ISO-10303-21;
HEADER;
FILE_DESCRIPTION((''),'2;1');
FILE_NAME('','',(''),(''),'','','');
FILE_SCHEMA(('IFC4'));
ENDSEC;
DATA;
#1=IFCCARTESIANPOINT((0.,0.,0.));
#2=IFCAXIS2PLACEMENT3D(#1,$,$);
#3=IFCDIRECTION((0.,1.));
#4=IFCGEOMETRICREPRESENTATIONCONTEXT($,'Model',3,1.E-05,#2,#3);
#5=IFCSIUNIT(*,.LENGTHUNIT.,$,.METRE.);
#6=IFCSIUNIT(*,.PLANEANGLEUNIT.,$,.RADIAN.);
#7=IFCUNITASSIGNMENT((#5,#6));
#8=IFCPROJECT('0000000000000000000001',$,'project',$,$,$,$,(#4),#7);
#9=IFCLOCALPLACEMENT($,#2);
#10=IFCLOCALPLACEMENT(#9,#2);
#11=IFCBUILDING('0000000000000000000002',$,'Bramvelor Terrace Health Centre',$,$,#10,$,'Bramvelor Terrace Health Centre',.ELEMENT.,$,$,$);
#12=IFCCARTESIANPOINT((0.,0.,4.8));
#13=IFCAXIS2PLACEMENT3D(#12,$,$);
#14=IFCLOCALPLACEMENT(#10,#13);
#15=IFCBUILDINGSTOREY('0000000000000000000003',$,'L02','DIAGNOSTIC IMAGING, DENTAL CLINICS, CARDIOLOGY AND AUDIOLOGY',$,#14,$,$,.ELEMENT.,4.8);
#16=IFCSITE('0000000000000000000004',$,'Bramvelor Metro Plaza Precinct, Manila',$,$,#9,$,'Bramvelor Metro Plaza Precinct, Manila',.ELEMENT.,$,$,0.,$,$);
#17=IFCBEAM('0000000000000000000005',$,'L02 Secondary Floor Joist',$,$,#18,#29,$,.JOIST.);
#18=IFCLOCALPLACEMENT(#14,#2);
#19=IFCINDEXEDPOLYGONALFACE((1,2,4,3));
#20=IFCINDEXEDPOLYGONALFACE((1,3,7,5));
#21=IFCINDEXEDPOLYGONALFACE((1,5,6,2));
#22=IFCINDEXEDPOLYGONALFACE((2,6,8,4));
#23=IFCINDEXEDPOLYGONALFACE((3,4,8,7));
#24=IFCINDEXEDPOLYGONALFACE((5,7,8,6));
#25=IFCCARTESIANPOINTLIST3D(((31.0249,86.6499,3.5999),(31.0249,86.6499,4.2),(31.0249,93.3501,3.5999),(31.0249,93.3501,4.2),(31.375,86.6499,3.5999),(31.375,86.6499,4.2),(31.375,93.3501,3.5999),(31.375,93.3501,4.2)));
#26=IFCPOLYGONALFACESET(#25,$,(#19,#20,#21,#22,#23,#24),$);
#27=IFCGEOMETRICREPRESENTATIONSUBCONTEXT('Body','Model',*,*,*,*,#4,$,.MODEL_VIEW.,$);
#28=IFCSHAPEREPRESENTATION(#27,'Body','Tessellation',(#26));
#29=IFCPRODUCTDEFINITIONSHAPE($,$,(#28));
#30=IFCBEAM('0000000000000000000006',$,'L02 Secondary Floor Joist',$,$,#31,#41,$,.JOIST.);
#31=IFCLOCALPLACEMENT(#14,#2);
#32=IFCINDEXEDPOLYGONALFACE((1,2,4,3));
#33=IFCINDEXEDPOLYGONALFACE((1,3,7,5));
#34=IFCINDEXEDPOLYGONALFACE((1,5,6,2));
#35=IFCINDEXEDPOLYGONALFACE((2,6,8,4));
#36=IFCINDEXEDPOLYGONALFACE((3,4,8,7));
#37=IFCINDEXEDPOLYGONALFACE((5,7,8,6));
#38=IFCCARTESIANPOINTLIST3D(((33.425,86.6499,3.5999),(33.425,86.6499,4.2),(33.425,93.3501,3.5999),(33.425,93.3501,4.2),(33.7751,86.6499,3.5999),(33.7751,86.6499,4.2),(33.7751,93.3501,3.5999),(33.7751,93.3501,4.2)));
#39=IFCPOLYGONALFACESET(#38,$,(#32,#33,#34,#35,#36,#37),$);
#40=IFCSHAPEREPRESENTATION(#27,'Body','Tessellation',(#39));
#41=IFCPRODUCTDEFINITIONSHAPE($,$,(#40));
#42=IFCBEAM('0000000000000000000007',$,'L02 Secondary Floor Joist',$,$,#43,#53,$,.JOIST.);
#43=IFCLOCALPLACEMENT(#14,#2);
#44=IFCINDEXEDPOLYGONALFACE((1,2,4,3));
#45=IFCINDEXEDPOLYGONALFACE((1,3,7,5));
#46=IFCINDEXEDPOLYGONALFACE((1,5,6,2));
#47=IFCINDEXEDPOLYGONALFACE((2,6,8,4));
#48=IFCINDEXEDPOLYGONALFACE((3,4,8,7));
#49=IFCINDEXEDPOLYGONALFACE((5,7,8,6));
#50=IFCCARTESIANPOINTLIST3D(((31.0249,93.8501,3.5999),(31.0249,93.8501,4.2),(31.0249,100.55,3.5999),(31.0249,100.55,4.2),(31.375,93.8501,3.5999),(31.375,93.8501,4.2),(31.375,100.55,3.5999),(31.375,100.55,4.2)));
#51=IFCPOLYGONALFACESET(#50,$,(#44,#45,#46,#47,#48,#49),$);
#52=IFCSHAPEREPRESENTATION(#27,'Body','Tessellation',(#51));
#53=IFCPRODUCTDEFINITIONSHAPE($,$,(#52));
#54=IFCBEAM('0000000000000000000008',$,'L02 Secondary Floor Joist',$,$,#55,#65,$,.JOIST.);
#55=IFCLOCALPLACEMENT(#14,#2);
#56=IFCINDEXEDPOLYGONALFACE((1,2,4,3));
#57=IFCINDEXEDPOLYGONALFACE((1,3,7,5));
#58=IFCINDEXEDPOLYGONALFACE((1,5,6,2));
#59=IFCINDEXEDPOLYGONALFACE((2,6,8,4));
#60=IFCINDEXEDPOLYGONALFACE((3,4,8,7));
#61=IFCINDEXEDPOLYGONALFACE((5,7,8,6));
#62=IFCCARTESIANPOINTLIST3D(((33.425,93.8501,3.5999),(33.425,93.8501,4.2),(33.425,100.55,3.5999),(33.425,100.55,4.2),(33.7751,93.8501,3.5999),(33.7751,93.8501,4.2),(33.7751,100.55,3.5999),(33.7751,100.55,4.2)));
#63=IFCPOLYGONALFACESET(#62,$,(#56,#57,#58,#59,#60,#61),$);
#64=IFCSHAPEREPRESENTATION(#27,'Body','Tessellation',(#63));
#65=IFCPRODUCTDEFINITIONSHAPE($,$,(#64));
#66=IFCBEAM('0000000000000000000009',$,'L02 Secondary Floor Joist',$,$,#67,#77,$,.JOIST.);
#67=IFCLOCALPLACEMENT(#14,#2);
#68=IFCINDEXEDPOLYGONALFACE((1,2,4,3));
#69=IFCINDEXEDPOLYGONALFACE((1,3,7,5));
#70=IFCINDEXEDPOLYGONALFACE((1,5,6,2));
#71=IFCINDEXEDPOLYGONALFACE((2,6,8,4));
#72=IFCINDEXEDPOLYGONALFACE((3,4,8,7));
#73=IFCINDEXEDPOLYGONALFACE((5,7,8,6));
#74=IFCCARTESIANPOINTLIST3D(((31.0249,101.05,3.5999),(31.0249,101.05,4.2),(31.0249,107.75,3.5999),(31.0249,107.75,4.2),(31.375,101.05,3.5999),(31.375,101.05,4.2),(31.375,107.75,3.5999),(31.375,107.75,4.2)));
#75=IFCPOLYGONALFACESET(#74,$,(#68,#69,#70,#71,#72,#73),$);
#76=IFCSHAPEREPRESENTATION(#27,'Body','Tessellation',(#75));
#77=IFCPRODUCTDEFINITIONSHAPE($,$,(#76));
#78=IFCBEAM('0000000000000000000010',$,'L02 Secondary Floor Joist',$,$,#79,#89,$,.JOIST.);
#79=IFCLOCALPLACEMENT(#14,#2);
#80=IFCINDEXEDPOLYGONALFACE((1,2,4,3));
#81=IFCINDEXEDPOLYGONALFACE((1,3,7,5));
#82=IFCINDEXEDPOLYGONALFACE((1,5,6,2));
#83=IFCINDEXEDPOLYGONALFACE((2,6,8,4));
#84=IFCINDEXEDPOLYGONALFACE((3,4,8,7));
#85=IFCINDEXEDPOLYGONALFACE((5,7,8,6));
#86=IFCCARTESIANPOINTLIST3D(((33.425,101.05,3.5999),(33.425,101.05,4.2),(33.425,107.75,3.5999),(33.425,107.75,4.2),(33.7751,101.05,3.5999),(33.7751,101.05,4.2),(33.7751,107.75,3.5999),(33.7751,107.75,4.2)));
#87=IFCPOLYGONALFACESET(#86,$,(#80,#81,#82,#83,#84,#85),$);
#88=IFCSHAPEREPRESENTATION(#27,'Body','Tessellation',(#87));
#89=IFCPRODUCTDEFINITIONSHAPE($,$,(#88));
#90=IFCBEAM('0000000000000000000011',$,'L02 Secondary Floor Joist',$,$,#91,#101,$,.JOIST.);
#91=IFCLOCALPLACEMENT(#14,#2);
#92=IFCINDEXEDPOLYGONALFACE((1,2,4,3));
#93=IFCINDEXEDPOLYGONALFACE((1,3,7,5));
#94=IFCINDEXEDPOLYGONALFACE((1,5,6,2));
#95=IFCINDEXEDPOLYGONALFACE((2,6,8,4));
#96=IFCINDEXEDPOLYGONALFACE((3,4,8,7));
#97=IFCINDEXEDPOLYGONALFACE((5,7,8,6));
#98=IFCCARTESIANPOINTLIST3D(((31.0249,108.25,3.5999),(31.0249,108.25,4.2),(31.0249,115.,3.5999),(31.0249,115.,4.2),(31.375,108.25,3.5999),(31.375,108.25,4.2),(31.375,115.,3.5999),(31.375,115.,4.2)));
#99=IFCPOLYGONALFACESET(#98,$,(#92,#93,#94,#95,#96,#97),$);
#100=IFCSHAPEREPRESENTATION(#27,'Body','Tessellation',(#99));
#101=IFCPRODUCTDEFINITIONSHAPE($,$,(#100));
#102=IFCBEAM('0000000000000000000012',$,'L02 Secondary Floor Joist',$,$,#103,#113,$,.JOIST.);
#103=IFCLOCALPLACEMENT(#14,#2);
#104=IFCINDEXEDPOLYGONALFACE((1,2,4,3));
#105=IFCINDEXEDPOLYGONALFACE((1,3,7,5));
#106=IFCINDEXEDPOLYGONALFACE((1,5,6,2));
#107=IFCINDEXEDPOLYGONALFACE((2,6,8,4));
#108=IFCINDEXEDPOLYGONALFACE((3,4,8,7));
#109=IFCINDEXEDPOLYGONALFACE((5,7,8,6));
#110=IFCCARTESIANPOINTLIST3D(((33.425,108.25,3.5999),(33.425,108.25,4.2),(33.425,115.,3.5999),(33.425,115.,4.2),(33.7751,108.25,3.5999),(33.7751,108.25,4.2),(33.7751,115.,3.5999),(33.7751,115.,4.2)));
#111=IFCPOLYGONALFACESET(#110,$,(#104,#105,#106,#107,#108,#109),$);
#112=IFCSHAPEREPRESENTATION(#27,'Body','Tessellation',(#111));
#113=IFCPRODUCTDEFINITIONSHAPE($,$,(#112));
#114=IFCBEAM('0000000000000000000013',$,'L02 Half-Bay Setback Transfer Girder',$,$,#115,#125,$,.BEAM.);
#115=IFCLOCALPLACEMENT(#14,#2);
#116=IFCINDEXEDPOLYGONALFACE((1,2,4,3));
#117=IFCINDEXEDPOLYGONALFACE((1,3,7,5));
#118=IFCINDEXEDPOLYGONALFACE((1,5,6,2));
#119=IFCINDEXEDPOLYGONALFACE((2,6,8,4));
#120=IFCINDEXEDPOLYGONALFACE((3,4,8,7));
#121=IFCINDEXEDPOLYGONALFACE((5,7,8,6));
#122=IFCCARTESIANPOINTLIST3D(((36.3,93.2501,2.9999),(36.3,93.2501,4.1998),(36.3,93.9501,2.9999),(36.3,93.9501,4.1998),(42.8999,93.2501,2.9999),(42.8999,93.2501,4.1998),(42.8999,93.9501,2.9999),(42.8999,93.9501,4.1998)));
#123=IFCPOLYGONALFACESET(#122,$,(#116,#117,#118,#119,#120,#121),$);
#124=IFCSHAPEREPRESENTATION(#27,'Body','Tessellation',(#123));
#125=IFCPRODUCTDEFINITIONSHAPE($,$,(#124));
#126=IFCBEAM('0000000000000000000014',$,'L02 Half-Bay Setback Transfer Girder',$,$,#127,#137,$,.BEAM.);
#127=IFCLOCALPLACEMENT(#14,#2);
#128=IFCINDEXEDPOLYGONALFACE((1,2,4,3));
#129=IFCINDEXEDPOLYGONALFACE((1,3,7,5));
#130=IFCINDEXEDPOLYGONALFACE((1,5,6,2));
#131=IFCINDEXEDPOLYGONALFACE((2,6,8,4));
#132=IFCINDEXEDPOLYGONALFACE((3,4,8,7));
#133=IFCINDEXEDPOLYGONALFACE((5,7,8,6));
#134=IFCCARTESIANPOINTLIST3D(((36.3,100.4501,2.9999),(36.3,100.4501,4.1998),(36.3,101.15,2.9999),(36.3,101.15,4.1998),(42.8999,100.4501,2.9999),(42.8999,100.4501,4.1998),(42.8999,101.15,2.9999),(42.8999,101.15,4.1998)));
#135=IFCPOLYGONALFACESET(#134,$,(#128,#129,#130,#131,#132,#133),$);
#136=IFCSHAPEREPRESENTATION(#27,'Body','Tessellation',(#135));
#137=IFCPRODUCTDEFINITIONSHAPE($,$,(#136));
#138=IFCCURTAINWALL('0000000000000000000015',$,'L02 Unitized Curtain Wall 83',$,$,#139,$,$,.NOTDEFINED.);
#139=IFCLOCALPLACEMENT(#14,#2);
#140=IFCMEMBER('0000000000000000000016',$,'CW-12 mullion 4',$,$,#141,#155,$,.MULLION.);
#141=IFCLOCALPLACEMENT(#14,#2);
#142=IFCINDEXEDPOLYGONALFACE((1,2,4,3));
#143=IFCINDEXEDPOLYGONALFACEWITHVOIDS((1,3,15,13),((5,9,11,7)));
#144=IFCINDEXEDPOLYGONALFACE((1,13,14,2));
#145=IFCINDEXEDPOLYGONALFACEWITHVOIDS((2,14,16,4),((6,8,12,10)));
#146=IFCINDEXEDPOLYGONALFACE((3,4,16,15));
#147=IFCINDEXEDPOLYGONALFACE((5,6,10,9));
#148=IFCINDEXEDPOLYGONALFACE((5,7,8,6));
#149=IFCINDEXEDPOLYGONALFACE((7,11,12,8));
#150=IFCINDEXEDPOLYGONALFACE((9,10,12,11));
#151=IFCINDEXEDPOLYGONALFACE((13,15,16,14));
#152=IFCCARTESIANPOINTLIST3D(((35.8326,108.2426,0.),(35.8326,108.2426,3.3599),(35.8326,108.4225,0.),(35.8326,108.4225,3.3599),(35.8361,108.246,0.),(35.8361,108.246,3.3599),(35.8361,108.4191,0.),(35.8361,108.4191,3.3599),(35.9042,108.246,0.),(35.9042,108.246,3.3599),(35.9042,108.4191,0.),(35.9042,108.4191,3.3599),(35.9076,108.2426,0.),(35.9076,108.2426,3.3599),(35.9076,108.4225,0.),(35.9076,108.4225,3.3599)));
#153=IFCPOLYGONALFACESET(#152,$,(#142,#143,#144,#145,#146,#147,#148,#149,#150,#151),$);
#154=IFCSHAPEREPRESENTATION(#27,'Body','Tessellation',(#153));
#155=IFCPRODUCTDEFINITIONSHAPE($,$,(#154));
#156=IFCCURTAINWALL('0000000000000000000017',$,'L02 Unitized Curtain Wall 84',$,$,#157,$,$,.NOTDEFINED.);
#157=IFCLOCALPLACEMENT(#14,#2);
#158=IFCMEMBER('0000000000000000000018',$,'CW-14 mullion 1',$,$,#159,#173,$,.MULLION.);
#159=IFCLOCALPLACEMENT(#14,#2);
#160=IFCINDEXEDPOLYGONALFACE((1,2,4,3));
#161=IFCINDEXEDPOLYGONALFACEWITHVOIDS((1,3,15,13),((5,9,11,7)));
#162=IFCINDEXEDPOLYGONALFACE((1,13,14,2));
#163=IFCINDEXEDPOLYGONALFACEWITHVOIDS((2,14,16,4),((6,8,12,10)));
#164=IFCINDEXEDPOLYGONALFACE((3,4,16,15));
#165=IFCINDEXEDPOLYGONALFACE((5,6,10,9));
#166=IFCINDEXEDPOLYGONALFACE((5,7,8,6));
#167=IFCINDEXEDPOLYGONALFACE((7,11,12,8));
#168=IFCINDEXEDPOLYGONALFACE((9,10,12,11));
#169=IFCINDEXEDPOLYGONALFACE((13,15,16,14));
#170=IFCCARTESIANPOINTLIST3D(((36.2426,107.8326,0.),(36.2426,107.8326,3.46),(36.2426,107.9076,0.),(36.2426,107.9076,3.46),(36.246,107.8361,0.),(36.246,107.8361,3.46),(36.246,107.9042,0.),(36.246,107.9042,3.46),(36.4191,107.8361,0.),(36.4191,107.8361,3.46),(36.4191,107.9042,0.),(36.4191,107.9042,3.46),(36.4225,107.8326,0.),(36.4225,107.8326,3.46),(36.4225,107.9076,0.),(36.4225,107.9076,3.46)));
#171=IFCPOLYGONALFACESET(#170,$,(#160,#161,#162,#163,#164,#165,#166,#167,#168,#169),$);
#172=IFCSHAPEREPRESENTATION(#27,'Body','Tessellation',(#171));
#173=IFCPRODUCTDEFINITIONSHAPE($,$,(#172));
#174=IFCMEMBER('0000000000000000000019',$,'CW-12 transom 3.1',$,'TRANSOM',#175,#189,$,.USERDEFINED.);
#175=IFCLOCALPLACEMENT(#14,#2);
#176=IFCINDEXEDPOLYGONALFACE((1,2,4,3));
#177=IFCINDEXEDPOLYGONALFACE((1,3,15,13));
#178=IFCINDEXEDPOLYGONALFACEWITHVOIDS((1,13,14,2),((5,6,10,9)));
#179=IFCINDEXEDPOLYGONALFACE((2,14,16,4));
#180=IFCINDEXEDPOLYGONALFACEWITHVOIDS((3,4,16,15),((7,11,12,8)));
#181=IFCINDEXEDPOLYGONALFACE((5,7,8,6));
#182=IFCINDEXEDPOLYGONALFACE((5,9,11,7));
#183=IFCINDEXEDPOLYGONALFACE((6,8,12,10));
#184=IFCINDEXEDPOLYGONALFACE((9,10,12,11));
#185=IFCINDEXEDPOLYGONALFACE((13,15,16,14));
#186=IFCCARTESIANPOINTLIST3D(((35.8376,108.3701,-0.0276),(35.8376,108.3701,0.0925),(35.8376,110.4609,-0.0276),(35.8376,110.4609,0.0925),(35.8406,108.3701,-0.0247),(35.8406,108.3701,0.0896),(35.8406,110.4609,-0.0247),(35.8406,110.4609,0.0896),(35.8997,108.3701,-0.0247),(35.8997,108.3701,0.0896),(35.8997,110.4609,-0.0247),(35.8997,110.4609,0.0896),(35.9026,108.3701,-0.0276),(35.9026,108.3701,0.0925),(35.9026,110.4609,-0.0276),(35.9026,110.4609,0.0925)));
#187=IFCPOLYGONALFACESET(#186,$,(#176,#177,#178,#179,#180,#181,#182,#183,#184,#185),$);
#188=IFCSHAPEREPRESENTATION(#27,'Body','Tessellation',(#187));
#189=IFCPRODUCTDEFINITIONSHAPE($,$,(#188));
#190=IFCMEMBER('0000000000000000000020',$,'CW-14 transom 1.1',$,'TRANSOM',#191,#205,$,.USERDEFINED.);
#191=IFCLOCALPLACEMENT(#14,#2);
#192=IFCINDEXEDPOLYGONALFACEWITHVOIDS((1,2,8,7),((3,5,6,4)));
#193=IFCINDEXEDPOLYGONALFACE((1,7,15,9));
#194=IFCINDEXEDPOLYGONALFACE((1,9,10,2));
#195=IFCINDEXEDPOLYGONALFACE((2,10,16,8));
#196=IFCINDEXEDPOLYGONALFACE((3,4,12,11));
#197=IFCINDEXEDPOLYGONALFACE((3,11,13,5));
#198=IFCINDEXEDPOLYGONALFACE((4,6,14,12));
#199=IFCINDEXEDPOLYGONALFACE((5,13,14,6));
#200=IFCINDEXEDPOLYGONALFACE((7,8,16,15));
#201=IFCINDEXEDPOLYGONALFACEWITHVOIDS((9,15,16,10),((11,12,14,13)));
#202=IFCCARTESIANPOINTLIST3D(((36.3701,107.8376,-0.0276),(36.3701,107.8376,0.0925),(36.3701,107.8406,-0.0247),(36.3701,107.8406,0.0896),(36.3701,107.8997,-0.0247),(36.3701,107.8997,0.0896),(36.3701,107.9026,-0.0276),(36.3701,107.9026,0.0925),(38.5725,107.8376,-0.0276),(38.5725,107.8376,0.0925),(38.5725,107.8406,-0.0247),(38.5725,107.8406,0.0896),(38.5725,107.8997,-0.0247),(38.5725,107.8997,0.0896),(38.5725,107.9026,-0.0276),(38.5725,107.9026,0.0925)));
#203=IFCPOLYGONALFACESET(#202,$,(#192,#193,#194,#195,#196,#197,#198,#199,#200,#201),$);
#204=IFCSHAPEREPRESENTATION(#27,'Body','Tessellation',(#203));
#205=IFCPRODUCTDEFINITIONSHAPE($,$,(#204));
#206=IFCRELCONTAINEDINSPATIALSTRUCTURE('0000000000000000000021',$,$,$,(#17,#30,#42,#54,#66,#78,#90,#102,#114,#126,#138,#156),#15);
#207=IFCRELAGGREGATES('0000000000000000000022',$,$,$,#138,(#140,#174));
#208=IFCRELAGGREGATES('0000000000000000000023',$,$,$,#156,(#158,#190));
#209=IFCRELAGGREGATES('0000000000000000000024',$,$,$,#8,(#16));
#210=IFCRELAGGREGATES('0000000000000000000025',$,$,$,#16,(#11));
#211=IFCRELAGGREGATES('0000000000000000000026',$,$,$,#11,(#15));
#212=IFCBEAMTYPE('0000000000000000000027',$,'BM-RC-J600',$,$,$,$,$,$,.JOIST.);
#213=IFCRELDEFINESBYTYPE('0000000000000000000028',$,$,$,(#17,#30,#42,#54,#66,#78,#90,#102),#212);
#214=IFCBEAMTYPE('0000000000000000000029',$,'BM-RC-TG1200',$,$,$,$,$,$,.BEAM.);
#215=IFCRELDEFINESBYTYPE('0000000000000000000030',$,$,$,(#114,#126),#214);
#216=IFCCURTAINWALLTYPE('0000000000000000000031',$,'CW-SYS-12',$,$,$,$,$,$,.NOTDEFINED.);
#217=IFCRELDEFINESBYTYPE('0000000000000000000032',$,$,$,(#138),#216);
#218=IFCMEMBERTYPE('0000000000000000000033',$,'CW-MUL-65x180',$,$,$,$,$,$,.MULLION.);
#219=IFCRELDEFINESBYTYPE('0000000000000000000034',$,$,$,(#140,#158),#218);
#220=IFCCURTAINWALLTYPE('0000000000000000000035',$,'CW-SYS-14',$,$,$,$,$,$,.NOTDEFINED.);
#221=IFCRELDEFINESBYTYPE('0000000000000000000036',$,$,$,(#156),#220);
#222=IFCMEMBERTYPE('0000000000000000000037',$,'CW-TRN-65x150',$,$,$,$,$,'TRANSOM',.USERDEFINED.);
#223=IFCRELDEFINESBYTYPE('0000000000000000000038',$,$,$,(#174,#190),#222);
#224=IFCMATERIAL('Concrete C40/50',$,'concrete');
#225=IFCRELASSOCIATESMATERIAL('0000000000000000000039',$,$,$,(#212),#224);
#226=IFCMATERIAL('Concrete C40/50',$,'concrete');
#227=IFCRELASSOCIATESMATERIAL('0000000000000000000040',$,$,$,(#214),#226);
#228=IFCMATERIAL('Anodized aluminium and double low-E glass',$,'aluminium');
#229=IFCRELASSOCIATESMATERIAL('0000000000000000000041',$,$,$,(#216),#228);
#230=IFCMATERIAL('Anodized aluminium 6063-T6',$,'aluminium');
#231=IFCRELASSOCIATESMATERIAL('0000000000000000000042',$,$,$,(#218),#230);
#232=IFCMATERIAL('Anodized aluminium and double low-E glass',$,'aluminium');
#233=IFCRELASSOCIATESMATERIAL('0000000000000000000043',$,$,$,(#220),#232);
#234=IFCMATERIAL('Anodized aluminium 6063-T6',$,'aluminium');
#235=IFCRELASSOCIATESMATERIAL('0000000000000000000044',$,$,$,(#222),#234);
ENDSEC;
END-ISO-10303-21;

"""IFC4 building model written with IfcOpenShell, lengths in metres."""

from ifc_helpers import new_model, si_unit, direction, frame, origin, origin_2d, place, context, subcontext, project, spatial, rectangle, hollow_rectangle, extrude, material, material_profile, profile_set, type_object, element, aggregate, save


model = new_model("IFC4")

# Units and contexts
model_context = context("Model", 3, precision=1e-05, world=origin(), true_north=direction((0.0, 1.0)))
body_context = subcontext(model_context, "Body", "Model", "MODEL_VIEW")
ifc_project = project(units=[si_unit("LENGTHUNIT", "METRE"), si_unit("PLANEANGLEUNIT", "RADIAN")], contexts=[model_context])

# Site, building, storey
site_placement = place(None, origin())
site = spatial("IfcSite", under=ifc_project, at=site_placement, Name="Bramvelor Metro Plaza Precinct, Manila", LongName="Bramvelor Metro Plaza Precinct, Manila", CompositionType="ELEMENT", RefElevation=0.0)
building_placement = place(site_placement, origin())
building = spatial("IfcBuilding", under=site, at=building_placement, Name="Bramvelor Terrace Health Centre", LongName="Bramvelor Terrace Health Centre", CompositionType="ELEMENT")
storey_placement = place(building_placement, frame((0.0, 0.0, 4.8)))
storey = spatial("IfcBuildingStorey", under=building, at=storey_placement, Name="L02", Description="DIAGNOSTIC IMAGING, DENTAL CLINICS, CARDIOLOGY AND AUDIOLOGY", CompositionType="ELEMENT", Elevation=4.8)

# Beams
ifc_material_1 = material(Name="Concrete C40/50", Category="concrete")
ifc_material_profile_1 = material_profile(ifc_material_1, rectangle(XDim=0.3501, YDim=0.6001, at=origin_2d()), Name="RC 350x600")
ifc_profile_set_1 = profile_set([ifc_material_profile_1], Name="Concrete C40/50")
beam_type_1 = type_object("IfcBeamType", Name="BM-RC-J600", PredefinedType="JOIST", material=ifc_profile_set_1)
for number, where, z_axis, x_axis, name in (
    (1, (31.2, 86.6499, 3.8999), (0.0, 1.0, 0.0), (-1.0, 0.0, 0.0), "L02 Secondary Floor Joist"),
    (2, (33.6001, 86.6499, 3.8999), (0.0, 1.0, 0.0), (-1.0, 0.0, 0.0), "L02 Secondary Floor Joist"),
):
    element("IfcBeam", number, at=place(storey_placement, frame(where, z_axis=z_axis, x_axis=x_axis)), inside=storey, type_object=beam_type_1, Name=name, PredefinedType="JOIST", context=body_context, shape_type="SweptSolid", body=[
        extrude(rectangle(XDim=0.3501, YDim=0.6001, at=origin_2d()), origin(), (0.0, 0.0, 1.0), 6.7002),
    ])
for number, where, z_axis, x_axis, name in (
    (3, (31.2, 93.8501, 3.8999), (0.0, 1.0, 0.0), (-1.0, 0.0, 0.0), "L02 Secondary Floor Joist"),
    (4, (33.6001, 93.8501, 3.8999), (0.0, 1.0, 0.0), (-1.0, 0.0, 0.0), "L02 Secondary Floor Joist"),
    (5, (31.2, 101.05, 3.8999), (0.0, 1.0, 0.0), (-1.0, 0.0, 0.0), "L02 Secondary Floor Joist"),
    (6, (33.6001, 101.05, 3.8999), (0.0, 1.0, 0.0), (-1.0, 0.0, 0.0), "L02 Secondary Floor Joist"),
):
    element("IfcBeam", number, at=place(storey_placement, frame(where, z_axis=z_axis, x_axis=x_axis)), inside=storey, type_object=beam_type_1, Name=name, PredefinedType="JOIST", context=body_context, shape_type="SweptSolid", body=[
        extrude(rectangle(XDim=0.3501, YDim=0.6001, at=origin_2d()), origin(), (0.0, 0.0, 1.0), 6.7),
    ])
for number, where, z_axis, x_axis, name in (
    (7, (31.2, 108.25, 3.8999), (0.0, 1.0, 0.0), (-1.0, 0.0, 0.0), "L02 Secondary Floor Joist"),
    (8, (33.6001, 108.25, 3.8999), (0.0, 1.0, 0.0), (-1.0, 0.0, 0.0), "L02 Secondary Floor Joist"),
):
    element("IfcBeam", number, at=place(storey_placement, frame(where, z_axis=z_axis, x_axis=x_axis)), inside=storey, type_object=beam_type_1, Name=name, PredefinedType="JOIST", context=body_context, shape_type="SweptSolid", body=[
        extrude(rectangle(XDim=0.3501, YDim=0.6001, at=origin_2d()), origin(), (0.0, 0.0, 1.0), 6.75),
    ])
ifc_material_2 = material(Name="Concrete C40/50", Category="concrete")
ifc_material_profile_2 = material_profile(ifc_material_2, rectangle(XDim=0.7, YDim=1.2, at=origin_2d()), Name="RC 700x1200")
ifc_profile_set_2 = profile_set([ifc_material_profile_2], Name="Concrete C40/50")
beam_type_2 = type_object("IfcBeamType", Name="BM-RC-TG1200", PredefinedType="BEAM", material=ifc_profile_set_2)
for number, where, z_axis, x_axis, name in (
    (9, (36.3, 93.6001, 3.5999), (1.0, 0.0, 0.0), (0.0, 1.0, 0.0), "L02 Half-Bay Setback Transfer Girder"),
    (10, (36.3, 100.8, 3.5999), (1.0, 0.0, 0.0), (0.0, 1.0, 0.0), "L02 Half-Bay Setback Transfer Girder"),
):
    element("IfcBeam", number, at=place(storey_placement, frame(where, z_axis=z_axis, x_axis=x_axis)), inside=storey, type_object=beam_type_2, Name=name, PredefinedType="BEAM", context=body_context, shape_type="SweptSolid", body=[
        extrude(rectangle(XDim=0.7, YDim=1.2, at=origin_2d()), origin(), (0.0, 0.0, 1.0), 6.5999),
    ])

# Curtain walls, members
ifc_material_3 = material(Name="Anodized aluminium and double low-E glass", Category="aluminium")
curtain_wall_type_1 = type_object("IfcCurtainWallType", Name="CW-SYS-12", PredefinedType="NOTDEFINED", material=ifc_material_3)
curtain_wall_1_placement = place(storey_placement, origin())
curtain_wall_1 = element("IfcCurtainWall", 11, at=curtain_wall_1_placement, inside=storey, type_object=curtain_wall_type_1, Name="L02 Unitized Curtain Wall 83", PredefinedType="NOTDEFINED")
ifc_material_4 = material(Name="Anodized aluminium 6063-T6", Category="aluminium")
ifc_material_profile_3 = material_profile(ifc_material_4, hollow_rectangle(XDim=0.075, YDim=0.1799, WallThickness=0.0034, at=origin_2d()), Name="ALU-MUL 75x180x3.5")
ifc_profile_set_3 = profile_set([ifc_material_profile_3], Name="Anodized aluminium 6063-T6")
member_type_1 = type_object("IfcMemberType", Name="CW-MUL-65x180", PredefinedType="MULLION", material=ifc_profile_set_3)
member_1_placement = place(storey_placement, frame((35.8701, 108.3325, 0.0), z_axis=(0.0, 0.0, 1.0), x_axis=(1.0, 0.0, 0.0)))
member_1 = element("IfcMember", 12, at=member_1_placement, type_object=member_type_1, Name="CW-12 mullion 4", PredefinedType="MULLION", context=body_context, shape_type="SweptSolid", body=[
    extrude(hollow_rectangle(XDim=0.075, YDim=0.1799, WallThickness=0.0034, at=origin_2d()), origin(), (0.0, 0.0, 1.0), 3.3599),
])
ifc_material_5 = material(Name="Anodized aluminium and double low-E glass", Category="aluminium")
curtain_wall_type_2 = type_object("IfcCurtainWallType", Name="CW-SYS-14", PredefinedType="NOTDEFINED", material=ifc_material_5)
curtain_wall_2_placement = place(storey_placement, origin())
curtain_wall_2 = element("IfcCurtainWall", 13, at=curtain_wall_2_placement, inside=storey, type_object=curtain_wall_type_2, Name="L02 Unitized Curtain Wall 84", PredefinedType="NOTDEFINED")
member_2_placement = place(storey_placement, frame((36.3325, 107.8701, 0.0), z_axis=(0.0, 0.0, 1.0), x_axis=(0.0, 1.0, 0.0)))
member_2 = element("IfcMember", 14, at=member_2_placement, type_object=member_type_1, Name="CW-14 mullion 1", PredefinedType="MULLION", context=body_context, shape_type="SweptSolid", body=[
    extrude(hollow_rectangle(XDim=0.075, YDim=0.1799, WallThickness=0.0034, at=origin_2d()), origin(), (0.0, 0.0, 1.0), 3.46),
])

# Members
ifc_material_6 = material(Name="Anodized aluminium 6063-T6", Category="aluminium")
ifc_material_profile_4 = material_profile(ifc_material_6, hollow_rectangle(XDim=0.0649, YDim=0.1201, WallThickness=0.0029, at=origin_2d()), Name="ALU-TRN 65x120x3.0")
ifc_profile_set_4 = profile_set([ifc_material_profile_4], Name="Anodized aluminium 6063-T6")
member_type_2 = type_object("IfcMemberType", Name="CW-TRN-65x150", ElementType="TRANSOM", PredefinedType="USERDEFINED", material=ifc_profile_set_4)
member_3_placement = place(storey_placement, frame((35.8701, 110.4609, 0.0325), z_axis=(0.0, -1.0, 0.0), x_axis=(1.0, 0.0, 0.0)))
member_3 = element("IfcMember", 15, at=member_3_placement, type_object=member_type_2, Name="CW-12 transom 3.1", ObjectType="TRANSOM", PredefinedType="USERDEFINED", context=body_context, shape_type="SweptSolid", body=[
    extrude(hollow_rectangle(XDim=0.0649, YDim=0.1201, WallThickness=0.0029, at=origin_2d()), origin(), (0.0, 0.0, 1.0), 2.0908),
])
member_4_placement = place(storey_placement, frame((36.3701, 107.8701, 0.0325), z_axis=(1.0, 0.0, 0.0), x_axis=(0.0, 1.0, 0.0)))
member_4 = element("IfcMember", 16, at=member_4_placement, type_object=member_type_2, Name="CW-14 transom 1.1", ObjectType="TRANSOM", PredefinedType="USERDEFINED", context=body_context, shape_type="SweptSolid", body=[
    extrude(hollow_rectangle(XDim=0.0649, YDim=0.1201, WallThickness=0.0029, at=origin_2d()), origin(), (0.0, 0.0, 1.0), 2.2024),
])

aggregate(curtain_wall_1, [member_1, member_3])
aggregate(curtain_wall_2, [member_2, member_4])

save(model, "model.ifc")
